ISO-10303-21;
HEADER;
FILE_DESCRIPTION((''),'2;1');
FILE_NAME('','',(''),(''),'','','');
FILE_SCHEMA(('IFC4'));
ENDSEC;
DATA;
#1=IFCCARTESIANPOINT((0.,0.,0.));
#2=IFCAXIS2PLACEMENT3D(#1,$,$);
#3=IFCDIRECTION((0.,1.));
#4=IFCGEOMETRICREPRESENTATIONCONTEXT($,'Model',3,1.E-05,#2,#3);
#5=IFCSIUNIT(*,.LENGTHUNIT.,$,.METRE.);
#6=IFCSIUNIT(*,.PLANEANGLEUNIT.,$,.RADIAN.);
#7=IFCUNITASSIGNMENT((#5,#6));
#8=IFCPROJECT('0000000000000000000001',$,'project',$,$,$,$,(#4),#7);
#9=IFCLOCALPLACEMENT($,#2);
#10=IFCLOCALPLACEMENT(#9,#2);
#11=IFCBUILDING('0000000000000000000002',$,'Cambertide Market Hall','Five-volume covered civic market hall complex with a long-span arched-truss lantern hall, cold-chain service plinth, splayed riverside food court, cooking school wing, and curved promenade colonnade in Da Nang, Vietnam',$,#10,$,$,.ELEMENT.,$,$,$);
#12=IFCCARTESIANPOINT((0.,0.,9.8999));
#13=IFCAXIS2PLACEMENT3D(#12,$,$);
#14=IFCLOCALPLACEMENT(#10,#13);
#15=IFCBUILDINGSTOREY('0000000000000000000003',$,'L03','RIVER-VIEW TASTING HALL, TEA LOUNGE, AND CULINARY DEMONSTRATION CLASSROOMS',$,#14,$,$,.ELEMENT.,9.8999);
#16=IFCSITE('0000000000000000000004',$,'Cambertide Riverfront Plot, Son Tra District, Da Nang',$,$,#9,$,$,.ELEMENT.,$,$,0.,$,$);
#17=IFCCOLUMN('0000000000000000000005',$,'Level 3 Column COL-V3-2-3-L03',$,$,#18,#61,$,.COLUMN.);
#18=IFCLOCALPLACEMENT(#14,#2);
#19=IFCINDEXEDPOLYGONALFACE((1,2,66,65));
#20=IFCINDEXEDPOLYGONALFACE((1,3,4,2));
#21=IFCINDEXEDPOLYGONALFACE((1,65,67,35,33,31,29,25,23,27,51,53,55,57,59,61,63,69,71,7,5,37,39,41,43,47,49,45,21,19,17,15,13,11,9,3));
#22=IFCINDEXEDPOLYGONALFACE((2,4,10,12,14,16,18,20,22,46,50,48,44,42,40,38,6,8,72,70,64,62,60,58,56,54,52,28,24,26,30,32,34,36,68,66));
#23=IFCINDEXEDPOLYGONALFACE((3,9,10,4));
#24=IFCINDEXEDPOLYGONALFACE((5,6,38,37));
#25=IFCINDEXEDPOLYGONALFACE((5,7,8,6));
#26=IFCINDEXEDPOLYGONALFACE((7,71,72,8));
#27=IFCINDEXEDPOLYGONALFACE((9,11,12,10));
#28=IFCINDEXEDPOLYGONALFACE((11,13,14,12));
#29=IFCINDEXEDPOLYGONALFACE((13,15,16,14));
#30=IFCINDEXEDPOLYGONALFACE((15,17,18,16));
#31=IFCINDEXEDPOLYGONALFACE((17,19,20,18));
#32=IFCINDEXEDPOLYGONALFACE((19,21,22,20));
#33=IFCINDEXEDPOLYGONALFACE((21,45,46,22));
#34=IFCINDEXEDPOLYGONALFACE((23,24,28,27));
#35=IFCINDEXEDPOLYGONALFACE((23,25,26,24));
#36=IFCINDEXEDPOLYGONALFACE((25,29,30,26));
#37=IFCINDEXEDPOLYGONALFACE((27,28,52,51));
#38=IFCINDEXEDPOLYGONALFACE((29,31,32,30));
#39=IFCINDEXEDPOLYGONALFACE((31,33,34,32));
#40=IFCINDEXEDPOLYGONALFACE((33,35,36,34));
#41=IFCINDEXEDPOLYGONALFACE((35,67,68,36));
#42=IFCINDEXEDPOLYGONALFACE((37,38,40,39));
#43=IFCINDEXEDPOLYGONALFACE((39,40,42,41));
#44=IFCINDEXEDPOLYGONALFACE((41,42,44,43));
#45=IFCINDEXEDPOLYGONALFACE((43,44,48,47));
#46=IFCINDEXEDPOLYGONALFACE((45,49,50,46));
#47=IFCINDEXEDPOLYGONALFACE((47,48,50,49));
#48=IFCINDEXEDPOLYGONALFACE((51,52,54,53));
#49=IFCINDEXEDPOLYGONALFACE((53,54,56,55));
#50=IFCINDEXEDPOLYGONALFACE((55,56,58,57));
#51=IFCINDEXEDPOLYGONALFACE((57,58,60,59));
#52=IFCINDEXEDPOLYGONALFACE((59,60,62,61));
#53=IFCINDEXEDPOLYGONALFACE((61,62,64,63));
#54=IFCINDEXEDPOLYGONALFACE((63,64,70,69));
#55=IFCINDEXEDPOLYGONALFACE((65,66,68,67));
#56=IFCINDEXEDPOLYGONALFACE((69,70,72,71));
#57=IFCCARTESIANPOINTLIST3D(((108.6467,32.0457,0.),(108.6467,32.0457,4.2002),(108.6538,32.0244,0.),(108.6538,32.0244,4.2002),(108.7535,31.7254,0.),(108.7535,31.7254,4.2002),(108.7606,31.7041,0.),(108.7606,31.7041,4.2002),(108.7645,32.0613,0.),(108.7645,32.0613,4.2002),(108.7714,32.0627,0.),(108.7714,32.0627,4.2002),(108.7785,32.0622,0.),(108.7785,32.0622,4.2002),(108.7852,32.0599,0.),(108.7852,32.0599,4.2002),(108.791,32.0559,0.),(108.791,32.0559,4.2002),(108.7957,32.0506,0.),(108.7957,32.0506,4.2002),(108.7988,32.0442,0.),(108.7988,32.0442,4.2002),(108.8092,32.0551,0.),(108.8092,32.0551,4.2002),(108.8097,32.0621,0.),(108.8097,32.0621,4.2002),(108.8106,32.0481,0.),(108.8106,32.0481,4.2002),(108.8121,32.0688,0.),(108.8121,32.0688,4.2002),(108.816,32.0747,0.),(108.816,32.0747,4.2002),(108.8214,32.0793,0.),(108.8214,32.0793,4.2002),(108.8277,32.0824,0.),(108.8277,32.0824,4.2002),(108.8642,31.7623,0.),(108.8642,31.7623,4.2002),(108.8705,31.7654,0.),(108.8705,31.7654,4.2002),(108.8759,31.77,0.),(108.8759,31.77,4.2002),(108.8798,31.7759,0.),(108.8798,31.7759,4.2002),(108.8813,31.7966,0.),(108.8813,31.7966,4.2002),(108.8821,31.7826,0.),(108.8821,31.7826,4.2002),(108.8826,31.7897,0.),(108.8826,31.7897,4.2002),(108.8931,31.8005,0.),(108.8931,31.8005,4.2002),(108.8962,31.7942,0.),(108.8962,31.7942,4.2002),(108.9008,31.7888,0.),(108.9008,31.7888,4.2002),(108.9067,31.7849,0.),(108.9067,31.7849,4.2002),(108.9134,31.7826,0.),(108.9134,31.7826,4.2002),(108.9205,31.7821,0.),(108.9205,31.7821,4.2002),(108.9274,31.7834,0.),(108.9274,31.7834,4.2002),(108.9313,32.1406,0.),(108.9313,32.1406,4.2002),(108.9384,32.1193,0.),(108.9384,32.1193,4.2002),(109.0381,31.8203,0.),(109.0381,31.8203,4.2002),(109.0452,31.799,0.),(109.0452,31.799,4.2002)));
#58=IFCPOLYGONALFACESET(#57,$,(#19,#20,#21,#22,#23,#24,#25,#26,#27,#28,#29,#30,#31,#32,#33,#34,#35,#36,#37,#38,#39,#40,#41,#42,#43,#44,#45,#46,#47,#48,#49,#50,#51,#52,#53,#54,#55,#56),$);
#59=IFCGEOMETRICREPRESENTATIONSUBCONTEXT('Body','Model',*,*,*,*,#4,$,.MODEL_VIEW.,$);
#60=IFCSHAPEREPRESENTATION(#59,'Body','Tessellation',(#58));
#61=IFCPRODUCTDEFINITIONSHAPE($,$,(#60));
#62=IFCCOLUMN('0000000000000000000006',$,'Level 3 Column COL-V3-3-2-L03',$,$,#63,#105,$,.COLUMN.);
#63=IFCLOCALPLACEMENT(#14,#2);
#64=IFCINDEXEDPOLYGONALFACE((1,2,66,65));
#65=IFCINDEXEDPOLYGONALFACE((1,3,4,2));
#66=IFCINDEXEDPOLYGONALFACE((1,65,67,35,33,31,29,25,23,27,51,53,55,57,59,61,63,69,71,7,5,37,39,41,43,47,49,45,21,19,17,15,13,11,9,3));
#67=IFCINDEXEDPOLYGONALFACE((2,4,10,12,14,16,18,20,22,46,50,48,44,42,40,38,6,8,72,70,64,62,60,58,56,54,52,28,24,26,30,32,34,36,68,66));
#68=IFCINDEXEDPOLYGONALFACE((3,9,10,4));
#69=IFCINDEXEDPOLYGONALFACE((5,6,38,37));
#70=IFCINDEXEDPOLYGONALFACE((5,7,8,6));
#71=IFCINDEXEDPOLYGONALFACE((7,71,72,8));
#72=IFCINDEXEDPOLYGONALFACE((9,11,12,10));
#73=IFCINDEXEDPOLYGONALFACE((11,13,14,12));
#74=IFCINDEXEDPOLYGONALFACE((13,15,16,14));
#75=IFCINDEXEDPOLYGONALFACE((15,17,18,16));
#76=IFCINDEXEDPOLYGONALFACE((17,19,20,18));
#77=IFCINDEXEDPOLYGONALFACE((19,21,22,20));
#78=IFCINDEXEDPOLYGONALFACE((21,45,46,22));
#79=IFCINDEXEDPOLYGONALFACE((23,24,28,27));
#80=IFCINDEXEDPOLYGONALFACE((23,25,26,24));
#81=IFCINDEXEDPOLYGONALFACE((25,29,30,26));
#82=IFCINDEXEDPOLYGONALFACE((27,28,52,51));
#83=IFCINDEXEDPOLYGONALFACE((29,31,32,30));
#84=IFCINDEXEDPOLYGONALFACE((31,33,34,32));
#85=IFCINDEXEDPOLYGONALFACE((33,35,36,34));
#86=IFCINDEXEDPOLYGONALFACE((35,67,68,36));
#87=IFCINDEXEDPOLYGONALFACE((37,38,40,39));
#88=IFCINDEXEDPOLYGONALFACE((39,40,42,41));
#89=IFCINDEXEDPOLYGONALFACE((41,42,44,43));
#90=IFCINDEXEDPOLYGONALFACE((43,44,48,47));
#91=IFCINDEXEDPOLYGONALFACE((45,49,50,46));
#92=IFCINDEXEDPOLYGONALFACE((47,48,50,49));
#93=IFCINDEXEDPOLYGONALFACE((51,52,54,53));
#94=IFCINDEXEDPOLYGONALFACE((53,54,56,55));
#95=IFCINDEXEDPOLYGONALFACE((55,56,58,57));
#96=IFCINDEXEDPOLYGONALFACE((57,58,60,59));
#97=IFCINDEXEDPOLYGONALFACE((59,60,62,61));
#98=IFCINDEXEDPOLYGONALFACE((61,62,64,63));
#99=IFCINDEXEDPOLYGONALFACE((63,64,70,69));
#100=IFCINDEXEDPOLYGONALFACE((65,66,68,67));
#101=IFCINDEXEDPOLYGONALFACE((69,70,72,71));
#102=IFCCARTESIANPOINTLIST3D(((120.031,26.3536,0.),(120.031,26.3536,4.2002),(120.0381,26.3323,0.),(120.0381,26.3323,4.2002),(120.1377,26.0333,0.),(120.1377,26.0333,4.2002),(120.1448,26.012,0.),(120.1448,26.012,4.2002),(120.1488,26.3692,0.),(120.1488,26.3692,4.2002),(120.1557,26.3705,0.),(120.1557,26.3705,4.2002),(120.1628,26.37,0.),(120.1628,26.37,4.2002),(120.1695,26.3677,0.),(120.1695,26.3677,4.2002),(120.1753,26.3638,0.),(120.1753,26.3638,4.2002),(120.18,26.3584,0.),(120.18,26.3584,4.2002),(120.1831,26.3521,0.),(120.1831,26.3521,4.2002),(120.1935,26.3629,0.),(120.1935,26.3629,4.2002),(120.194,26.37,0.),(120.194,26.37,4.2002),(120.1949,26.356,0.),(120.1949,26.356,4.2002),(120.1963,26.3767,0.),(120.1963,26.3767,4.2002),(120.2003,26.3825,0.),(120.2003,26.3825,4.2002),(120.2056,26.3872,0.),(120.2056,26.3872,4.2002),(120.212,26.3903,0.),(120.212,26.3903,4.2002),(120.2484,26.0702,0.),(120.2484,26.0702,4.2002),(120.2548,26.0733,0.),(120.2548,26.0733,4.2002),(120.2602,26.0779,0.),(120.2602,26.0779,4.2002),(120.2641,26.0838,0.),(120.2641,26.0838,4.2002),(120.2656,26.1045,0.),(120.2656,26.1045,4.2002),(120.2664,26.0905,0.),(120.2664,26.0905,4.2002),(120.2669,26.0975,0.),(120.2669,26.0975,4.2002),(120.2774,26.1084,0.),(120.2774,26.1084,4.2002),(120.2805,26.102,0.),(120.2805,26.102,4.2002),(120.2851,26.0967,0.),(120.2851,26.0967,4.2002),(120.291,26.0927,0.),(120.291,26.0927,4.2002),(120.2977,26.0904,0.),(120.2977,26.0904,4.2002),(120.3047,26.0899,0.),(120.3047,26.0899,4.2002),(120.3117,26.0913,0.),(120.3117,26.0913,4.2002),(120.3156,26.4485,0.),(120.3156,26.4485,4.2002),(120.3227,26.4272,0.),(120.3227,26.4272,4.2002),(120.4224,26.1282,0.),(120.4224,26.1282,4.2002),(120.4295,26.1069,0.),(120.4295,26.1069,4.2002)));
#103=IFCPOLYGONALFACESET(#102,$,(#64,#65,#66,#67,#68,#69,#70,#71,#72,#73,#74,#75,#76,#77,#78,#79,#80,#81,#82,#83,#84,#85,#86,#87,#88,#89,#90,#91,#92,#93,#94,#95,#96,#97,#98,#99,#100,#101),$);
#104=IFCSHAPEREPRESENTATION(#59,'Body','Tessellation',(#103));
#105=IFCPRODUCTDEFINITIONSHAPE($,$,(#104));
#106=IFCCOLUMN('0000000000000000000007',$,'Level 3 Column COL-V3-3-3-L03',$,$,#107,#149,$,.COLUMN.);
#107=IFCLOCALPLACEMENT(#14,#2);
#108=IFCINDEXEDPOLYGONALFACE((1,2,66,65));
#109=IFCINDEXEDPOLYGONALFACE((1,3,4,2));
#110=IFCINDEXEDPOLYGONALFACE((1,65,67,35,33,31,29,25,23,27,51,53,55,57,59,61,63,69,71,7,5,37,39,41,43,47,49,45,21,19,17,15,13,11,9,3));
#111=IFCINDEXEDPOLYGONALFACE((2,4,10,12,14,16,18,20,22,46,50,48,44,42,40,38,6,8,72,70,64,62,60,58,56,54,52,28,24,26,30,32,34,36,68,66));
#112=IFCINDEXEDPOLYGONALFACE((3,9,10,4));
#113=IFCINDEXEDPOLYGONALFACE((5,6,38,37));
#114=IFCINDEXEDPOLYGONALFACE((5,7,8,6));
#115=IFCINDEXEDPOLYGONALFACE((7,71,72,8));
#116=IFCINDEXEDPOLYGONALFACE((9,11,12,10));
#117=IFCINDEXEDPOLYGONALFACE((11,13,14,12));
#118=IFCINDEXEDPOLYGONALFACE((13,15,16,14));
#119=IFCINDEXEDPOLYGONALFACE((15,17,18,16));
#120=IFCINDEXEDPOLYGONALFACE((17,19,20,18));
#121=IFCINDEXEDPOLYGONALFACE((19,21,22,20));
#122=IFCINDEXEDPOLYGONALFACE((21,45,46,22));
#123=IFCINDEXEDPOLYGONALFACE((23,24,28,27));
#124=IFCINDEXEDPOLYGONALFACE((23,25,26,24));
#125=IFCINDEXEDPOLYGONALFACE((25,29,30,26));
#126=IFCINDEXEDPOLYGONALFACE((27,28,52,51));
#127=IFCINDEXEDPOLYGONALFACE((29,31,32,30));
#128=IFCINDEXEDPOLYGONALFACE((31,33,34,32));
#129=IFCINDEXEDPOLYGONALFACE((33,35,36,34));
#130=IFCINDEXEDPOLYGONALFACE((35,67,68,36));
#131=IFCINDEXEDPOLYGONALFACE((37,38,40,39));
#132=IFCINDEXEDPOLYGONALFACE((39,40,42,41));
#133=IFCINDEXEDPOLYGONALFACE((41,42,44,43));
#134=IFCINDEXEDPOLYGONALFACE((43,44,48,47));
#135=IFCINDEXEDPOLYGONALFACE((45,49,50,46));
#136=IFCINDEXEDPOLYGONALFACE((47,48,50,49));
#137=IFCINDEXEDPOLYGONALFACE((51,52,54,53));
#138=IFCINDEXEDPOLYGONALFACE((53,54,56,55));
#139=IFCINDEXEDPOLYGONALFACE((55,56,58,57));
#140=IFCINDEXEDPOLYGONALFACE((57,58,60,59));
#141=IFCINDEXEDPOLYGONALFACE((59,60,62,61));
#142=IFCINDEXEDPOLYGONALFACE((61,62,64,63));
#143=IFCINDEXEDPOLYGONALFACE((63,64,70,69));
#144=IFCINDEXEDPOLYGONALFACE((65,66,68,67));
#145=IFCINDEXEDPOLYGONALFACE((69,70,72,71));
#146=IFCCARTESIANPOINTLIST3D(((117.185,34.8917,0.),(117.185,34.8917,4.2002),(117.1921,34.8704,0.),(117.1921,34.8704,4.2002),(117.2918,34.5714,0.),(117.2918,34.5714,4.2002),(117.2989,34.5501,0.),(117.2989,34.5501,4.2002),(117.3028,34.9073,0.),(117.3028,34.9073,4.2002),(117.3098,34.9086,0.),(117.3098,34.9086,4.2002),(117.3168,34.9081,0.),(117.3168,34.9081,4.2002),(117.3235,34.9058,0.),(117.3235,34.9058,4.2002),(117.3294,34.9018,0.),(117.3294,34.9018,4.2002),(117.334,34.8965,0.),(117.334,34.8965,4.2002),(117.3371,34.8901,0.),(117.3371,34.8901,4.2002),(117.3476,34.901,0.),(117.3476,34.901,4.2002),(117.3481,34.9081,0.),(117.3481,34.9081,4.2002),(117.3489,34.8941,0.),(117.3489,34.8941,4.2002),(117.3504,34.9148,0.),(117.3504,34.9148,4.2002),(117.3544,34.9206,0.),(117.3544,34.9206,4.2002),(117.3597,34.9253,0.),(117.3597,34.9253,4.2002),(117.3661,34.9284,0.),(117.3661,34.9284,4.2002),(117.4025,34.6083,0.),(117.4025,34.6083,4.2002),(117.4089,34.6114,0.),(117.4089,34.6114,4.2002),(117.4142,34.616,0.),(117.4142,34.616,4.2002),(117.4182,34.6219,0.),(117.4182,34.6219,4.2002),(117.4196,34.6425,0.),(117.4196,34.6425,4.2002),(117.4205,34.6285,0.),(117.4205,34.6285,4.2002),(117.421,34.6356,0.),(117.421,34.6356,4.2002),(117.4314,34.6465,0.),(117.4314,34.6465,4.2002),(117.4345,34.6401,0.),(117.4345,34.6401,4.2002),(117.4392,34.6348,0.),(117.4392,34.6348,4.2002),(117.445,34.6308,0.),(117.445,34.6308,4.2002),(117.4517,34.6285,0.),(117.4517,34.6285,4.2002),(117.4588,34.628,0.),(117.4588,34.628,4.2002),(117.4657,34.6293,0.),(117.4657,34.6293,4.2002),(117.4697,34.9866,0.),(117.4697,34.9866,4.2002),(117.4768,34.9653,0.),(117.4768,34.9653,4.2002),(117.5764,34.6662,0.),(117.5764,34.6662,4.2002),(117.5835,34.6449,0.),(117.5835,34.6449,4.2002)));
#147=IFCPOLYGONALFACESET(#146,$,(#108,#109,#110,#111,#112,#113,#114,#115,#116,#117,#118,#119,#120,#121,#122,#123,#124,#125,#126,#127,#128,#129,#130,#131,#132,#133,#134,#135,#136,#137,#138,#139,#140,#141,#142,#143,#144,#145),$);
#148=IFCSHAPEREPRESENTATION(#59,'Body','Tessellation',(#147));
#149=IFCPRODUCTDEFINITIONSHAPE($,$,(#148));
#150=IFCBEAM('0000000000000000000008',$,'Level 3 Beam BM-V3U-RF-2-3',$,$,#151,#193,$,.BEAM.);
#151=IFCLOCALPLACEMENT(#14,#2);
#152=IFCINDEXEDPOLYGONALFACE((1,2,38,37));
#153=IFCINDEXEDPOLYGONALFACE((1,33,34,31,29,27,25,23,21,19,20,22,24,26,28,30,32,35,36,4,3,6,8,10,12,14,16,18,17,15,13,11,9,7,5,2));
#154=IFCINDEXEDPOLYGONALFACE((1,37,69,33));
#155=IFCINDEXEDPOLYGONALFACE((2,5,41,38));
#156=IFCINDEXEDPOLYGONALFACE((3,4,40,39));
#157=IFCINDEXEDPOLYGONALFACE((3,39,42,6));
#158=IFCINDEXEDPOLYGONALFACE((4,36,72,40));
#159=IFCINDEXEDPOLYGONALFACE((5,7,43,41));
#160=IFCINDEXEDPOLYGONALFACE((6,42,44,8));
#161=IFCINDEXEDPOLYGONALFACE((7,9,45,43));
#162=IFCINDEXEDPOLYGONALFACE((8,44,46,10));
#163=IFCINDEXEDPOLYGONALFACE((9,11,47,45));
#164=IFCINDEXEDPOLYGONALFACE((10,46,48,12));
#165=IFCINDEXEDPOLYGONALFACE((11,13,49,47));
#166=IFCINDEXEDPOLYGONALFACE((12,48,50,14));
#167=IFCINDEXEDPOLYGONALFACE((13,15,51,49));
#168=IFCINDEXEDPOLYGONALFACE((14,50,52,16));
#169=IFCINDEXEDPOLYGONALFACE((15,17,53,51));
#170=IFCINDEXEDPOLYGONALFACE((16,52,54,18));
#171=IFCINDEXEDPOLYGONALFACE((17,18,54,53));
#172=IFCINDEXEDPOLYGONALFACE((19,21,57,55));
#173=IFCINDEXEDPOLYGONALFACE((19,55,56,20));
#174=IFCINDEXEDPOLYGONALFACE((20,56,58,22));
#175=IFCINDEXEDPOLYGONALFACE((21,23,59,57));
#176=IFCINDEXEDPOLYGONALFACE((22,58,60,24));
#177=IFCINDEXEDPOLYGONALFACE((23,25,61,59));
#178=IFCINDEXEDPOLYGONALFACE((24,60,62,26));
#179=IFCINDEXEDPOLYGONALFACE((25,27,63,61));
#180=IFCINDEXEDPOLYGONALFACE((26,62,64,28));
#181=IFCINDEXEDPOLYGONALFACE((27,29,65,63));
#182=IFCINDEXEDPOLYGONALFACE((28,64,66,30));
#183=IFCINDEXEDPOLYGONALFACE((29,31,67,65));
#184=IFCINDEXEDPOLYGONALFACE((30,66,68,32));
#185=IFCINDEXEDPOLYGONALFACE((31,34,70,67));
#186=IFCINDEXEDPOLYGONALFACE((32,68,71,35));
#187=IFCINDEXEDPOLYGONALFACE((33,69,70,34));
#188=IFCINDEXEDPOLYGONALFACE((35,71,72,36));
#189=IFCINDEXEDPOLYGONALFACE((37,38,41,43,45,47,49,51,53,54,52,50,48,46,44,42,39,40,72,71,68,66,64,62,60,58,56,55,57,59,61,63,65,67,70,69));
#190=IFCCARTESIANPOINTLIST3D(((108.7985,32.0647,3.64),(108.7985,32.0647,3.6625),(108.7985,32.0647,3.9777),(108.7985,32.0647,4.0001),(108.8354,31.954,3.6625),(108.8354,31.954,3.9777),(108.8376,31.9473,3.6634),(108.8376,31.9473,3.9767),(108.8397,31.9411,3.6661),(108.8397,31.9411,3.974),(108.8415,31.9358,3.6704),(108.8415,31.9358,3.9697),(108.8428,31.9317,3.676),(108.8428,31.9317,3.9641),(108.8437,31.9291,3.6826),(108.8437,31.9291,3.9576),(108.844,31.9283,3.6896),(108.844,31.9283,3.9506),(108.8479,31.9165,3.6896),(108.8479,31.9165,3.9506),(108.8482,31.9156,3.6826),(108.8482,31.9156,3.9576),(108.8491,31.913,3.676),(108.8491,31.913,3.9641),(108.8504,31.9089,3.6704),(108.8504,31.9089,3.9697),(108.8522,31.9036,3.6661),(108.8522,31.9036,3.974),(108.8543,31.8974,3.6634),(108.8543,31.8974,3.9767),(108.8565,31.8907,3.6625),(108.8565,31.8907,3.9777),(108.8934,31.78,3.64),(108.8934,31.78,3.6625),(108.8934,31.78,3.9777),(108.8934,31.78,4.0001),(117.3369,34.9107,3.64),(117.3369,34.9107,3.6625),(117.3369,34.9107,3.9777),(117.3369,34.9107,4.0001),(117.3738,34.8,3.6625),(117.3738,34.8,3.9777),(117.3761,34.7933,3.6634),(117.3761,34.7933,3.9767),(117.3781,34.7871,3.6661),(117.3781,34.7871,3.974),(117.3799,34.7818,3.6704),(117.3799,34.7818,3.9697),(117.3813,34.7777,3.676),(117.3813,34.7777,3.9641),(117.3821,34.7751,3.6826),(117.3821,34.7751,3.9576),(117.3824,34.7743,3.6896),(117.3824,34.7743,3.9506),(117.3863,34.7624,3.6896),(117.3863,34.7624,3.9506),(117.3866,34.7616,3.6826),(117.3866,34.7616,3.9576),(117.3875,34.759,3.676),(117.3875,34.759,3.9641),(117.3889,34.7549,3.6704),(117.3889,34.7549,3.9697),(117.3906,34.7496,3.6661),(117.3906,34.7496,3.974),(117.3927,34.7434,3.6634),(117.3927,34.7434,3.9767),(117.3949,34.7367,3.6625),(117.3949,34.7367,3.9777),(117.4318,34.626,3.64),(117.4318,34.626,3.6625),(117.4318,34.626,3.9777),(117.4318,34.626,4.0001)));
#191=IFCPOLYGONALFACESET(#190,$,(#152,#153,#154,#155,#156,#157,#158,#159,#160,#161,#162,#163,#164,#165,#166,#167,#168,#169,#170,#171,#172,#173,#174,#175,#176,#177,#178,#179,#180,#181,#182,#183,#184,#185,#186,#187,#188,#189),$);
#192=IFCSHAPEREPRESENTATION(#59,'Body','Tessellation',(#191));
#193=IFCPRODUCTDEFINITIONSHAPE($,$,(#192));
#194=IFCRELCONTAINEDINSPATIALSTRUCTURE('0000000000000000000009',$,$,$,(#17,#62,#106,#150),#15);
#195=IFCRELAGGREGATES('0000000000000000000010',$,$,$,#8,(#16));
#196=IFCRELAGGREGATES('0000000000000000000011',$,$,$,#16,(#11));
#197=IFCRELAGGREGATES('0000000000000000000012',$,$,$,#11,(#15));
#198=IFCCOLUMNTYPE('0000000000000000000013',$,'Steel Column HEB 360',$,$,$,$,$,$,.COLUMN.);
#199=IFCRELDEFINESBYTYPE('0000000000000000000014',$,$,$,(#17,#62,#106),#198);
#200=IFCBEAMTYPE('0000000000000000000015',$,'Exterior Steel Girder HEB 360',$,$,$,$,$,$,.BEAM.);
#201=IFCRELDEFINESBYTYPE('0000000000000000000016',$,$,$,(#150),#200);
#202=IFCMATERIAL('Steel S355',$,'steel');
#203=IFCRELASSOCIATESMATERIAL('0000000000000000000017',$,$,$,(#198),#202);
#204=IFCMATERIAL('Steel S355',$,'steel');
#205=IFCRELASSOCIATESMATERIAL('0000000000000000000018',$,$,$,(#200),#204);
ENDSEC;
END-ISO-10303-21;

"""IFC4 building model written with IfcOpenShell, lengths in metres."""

from ifc_helpers import new_model, si_unit, direction, frame, origin, origin_2d, place, context, subcontext, project, spatial, i_section, extrude, material, material_profile, profile_set, type_object, element, save


model = new_model("IFC4")

# Units and contexts
model_context = context("Model", 3, precision=1e-05, world=origin(), true_north=direction((0.0, 1.0)))
body_context = subcontext(model_context, "Body", "Model", "MODEL_VIEW")
ifc_project = project(units=[si_unit("LENGTHUNIT", "METRE"), si_unit("PLANEANGLEUNIT", "RADIAN")], contexts=[model_context])

# Site, building, storey
site_placement = place(None, origin())
site = spatial("IfcSite", under=ifc_project, at=site_placement, Name="Cambertide Riverfront Plot, Son Tra District, Da Nang", CompositionType="ELEMENT", RefElevation=0.0)
building_placement = place(site_placement, origin())
building = spatial("IfcBuilding", under=site, at=building_placement, Name="Cambertide Market Hall", Description="Five-volume covered civic market hall complex with a long-span arched-truss lantern hall, cold-chain service plinth, splayed riverside food court, cooking school wing, and curved promenade colonnade in Da Nang, Vietnam", CompositionType="ELEMENT")
storey_placement = place(building_placement, frame((0.0, 0.0, 9.8999)))
storey = spatial("IfcBuildingStorey", under=building, at=storey_placement, Name="L03", Description="RIVER-VIEW TASTING HALL, TEA LOUNGE, AND CULINARY DEMONSTRATION CLASSROOMS", CompositionType="ELEMENT", Elevation=9.8999)

# Columns
ifc_material_1 = material(Name="Steel S355", Category="steel")
ifc_material_profile_1 = material_profile(ifc_material_1, i_section(OverallWidth=0.3, OverallDepth=0.3601, WebThickness=0.0125, FlangeThickness=0.0225, FilletRadius=0.0271, at=origin_2d()), Name="HEB 360")
ifc_profile_set_1 = profile_set([ifc_material_profile_1], Name="Steel S355")
column_type = type_object("IfcColumnType", Name="Steel Column HEB 360", PredefinedType="COLUMN", material=ifc_profile_set_1)
for number, where, z_axis, x_axis, name in (
    (1, (108.8459, 31.9224, 0.0), (0.0, 0.0, 1.0), (0.948683, 0.316228, 0.0), "Level 3 Column COL-V3-2-3-L03"),
    (2, (120.2302, 26.2302, 0.0), (0.0, 0.0, 1.0), (0.948683, 0.316228, 0.0), "Level 3 Column COL-V3-3-2-L03"),
    (3, (117.3843, 34.7683, 0.0), (0.0, 0.0, 1.0), (0.948683, 0.316228, 0.0), "Level 3 Column COL-V3-3-3-L03"),
):
    element("IfcColumn", number, at=place(storey_placement, frame(where, z_axis=z_axis, x_axis=x_axis)), inside=storey, type_object=column_type, Name=name, PredefinedType="COLUMN", context=body_context, shape_type="SweptSolid", body=[
        extrude(i_section(OverallWidth=0.3, OverallDepth=0.3601, WebThickness=0.0125, FlangeThickness=0.0225, FilletRadius=0.0271, at=origin_2d()), origin(), (0.0, 0.0, 1.0), 4.2002),
    ])

# Beam
ifc_material_2 = material(Name="Steel S355", Category="steel")
ifc_material_profile_2 = material_profile(ifc_material_2, i_section(OverallWidth=0.3, OverallDepth=0.3601, WebThickness=0.0125, FlangeThickness=0.0225, FilletRadius=0.0271, at=origin_2d()), Name="HEB 360")
ifc_profile_set_2 = profile_set([ifc_material_profile_2], Name="Steel S355")
beam_type_1 = type_object("IfcBeamType", Name="Exterior Steel Girder HEB 360", PredefinedType="BEAM", material=ifc_profile_set_2)
beam_1_placement = place(storey_placement, frame((108.8459, 31.9224, 3.8201), z_axis=(0.948689, 0.316211, 0.0), x_axis=(-0.316211, 0.948689, 0.0)))
element("IfcBeam", 4, at=beam_1_placement, inside=storey, type_object=beam_type_1, Name="Level 3 Beam BM-V3U-RF-2-3", PredefinedType="BEAM", context=body_context, shape_type="SweptSolid", body=[
    extrude(i_section(OverallWidth=0.3, OverallDepth=0.3601, WebThickness=0.0125, FlangeThickness=0.0225, FilletRadius=0.0271, at=origin_2d()), origin(), (0.0, 0.0, 1.0), 9.0002),
])

save(model, "model.ifc")
